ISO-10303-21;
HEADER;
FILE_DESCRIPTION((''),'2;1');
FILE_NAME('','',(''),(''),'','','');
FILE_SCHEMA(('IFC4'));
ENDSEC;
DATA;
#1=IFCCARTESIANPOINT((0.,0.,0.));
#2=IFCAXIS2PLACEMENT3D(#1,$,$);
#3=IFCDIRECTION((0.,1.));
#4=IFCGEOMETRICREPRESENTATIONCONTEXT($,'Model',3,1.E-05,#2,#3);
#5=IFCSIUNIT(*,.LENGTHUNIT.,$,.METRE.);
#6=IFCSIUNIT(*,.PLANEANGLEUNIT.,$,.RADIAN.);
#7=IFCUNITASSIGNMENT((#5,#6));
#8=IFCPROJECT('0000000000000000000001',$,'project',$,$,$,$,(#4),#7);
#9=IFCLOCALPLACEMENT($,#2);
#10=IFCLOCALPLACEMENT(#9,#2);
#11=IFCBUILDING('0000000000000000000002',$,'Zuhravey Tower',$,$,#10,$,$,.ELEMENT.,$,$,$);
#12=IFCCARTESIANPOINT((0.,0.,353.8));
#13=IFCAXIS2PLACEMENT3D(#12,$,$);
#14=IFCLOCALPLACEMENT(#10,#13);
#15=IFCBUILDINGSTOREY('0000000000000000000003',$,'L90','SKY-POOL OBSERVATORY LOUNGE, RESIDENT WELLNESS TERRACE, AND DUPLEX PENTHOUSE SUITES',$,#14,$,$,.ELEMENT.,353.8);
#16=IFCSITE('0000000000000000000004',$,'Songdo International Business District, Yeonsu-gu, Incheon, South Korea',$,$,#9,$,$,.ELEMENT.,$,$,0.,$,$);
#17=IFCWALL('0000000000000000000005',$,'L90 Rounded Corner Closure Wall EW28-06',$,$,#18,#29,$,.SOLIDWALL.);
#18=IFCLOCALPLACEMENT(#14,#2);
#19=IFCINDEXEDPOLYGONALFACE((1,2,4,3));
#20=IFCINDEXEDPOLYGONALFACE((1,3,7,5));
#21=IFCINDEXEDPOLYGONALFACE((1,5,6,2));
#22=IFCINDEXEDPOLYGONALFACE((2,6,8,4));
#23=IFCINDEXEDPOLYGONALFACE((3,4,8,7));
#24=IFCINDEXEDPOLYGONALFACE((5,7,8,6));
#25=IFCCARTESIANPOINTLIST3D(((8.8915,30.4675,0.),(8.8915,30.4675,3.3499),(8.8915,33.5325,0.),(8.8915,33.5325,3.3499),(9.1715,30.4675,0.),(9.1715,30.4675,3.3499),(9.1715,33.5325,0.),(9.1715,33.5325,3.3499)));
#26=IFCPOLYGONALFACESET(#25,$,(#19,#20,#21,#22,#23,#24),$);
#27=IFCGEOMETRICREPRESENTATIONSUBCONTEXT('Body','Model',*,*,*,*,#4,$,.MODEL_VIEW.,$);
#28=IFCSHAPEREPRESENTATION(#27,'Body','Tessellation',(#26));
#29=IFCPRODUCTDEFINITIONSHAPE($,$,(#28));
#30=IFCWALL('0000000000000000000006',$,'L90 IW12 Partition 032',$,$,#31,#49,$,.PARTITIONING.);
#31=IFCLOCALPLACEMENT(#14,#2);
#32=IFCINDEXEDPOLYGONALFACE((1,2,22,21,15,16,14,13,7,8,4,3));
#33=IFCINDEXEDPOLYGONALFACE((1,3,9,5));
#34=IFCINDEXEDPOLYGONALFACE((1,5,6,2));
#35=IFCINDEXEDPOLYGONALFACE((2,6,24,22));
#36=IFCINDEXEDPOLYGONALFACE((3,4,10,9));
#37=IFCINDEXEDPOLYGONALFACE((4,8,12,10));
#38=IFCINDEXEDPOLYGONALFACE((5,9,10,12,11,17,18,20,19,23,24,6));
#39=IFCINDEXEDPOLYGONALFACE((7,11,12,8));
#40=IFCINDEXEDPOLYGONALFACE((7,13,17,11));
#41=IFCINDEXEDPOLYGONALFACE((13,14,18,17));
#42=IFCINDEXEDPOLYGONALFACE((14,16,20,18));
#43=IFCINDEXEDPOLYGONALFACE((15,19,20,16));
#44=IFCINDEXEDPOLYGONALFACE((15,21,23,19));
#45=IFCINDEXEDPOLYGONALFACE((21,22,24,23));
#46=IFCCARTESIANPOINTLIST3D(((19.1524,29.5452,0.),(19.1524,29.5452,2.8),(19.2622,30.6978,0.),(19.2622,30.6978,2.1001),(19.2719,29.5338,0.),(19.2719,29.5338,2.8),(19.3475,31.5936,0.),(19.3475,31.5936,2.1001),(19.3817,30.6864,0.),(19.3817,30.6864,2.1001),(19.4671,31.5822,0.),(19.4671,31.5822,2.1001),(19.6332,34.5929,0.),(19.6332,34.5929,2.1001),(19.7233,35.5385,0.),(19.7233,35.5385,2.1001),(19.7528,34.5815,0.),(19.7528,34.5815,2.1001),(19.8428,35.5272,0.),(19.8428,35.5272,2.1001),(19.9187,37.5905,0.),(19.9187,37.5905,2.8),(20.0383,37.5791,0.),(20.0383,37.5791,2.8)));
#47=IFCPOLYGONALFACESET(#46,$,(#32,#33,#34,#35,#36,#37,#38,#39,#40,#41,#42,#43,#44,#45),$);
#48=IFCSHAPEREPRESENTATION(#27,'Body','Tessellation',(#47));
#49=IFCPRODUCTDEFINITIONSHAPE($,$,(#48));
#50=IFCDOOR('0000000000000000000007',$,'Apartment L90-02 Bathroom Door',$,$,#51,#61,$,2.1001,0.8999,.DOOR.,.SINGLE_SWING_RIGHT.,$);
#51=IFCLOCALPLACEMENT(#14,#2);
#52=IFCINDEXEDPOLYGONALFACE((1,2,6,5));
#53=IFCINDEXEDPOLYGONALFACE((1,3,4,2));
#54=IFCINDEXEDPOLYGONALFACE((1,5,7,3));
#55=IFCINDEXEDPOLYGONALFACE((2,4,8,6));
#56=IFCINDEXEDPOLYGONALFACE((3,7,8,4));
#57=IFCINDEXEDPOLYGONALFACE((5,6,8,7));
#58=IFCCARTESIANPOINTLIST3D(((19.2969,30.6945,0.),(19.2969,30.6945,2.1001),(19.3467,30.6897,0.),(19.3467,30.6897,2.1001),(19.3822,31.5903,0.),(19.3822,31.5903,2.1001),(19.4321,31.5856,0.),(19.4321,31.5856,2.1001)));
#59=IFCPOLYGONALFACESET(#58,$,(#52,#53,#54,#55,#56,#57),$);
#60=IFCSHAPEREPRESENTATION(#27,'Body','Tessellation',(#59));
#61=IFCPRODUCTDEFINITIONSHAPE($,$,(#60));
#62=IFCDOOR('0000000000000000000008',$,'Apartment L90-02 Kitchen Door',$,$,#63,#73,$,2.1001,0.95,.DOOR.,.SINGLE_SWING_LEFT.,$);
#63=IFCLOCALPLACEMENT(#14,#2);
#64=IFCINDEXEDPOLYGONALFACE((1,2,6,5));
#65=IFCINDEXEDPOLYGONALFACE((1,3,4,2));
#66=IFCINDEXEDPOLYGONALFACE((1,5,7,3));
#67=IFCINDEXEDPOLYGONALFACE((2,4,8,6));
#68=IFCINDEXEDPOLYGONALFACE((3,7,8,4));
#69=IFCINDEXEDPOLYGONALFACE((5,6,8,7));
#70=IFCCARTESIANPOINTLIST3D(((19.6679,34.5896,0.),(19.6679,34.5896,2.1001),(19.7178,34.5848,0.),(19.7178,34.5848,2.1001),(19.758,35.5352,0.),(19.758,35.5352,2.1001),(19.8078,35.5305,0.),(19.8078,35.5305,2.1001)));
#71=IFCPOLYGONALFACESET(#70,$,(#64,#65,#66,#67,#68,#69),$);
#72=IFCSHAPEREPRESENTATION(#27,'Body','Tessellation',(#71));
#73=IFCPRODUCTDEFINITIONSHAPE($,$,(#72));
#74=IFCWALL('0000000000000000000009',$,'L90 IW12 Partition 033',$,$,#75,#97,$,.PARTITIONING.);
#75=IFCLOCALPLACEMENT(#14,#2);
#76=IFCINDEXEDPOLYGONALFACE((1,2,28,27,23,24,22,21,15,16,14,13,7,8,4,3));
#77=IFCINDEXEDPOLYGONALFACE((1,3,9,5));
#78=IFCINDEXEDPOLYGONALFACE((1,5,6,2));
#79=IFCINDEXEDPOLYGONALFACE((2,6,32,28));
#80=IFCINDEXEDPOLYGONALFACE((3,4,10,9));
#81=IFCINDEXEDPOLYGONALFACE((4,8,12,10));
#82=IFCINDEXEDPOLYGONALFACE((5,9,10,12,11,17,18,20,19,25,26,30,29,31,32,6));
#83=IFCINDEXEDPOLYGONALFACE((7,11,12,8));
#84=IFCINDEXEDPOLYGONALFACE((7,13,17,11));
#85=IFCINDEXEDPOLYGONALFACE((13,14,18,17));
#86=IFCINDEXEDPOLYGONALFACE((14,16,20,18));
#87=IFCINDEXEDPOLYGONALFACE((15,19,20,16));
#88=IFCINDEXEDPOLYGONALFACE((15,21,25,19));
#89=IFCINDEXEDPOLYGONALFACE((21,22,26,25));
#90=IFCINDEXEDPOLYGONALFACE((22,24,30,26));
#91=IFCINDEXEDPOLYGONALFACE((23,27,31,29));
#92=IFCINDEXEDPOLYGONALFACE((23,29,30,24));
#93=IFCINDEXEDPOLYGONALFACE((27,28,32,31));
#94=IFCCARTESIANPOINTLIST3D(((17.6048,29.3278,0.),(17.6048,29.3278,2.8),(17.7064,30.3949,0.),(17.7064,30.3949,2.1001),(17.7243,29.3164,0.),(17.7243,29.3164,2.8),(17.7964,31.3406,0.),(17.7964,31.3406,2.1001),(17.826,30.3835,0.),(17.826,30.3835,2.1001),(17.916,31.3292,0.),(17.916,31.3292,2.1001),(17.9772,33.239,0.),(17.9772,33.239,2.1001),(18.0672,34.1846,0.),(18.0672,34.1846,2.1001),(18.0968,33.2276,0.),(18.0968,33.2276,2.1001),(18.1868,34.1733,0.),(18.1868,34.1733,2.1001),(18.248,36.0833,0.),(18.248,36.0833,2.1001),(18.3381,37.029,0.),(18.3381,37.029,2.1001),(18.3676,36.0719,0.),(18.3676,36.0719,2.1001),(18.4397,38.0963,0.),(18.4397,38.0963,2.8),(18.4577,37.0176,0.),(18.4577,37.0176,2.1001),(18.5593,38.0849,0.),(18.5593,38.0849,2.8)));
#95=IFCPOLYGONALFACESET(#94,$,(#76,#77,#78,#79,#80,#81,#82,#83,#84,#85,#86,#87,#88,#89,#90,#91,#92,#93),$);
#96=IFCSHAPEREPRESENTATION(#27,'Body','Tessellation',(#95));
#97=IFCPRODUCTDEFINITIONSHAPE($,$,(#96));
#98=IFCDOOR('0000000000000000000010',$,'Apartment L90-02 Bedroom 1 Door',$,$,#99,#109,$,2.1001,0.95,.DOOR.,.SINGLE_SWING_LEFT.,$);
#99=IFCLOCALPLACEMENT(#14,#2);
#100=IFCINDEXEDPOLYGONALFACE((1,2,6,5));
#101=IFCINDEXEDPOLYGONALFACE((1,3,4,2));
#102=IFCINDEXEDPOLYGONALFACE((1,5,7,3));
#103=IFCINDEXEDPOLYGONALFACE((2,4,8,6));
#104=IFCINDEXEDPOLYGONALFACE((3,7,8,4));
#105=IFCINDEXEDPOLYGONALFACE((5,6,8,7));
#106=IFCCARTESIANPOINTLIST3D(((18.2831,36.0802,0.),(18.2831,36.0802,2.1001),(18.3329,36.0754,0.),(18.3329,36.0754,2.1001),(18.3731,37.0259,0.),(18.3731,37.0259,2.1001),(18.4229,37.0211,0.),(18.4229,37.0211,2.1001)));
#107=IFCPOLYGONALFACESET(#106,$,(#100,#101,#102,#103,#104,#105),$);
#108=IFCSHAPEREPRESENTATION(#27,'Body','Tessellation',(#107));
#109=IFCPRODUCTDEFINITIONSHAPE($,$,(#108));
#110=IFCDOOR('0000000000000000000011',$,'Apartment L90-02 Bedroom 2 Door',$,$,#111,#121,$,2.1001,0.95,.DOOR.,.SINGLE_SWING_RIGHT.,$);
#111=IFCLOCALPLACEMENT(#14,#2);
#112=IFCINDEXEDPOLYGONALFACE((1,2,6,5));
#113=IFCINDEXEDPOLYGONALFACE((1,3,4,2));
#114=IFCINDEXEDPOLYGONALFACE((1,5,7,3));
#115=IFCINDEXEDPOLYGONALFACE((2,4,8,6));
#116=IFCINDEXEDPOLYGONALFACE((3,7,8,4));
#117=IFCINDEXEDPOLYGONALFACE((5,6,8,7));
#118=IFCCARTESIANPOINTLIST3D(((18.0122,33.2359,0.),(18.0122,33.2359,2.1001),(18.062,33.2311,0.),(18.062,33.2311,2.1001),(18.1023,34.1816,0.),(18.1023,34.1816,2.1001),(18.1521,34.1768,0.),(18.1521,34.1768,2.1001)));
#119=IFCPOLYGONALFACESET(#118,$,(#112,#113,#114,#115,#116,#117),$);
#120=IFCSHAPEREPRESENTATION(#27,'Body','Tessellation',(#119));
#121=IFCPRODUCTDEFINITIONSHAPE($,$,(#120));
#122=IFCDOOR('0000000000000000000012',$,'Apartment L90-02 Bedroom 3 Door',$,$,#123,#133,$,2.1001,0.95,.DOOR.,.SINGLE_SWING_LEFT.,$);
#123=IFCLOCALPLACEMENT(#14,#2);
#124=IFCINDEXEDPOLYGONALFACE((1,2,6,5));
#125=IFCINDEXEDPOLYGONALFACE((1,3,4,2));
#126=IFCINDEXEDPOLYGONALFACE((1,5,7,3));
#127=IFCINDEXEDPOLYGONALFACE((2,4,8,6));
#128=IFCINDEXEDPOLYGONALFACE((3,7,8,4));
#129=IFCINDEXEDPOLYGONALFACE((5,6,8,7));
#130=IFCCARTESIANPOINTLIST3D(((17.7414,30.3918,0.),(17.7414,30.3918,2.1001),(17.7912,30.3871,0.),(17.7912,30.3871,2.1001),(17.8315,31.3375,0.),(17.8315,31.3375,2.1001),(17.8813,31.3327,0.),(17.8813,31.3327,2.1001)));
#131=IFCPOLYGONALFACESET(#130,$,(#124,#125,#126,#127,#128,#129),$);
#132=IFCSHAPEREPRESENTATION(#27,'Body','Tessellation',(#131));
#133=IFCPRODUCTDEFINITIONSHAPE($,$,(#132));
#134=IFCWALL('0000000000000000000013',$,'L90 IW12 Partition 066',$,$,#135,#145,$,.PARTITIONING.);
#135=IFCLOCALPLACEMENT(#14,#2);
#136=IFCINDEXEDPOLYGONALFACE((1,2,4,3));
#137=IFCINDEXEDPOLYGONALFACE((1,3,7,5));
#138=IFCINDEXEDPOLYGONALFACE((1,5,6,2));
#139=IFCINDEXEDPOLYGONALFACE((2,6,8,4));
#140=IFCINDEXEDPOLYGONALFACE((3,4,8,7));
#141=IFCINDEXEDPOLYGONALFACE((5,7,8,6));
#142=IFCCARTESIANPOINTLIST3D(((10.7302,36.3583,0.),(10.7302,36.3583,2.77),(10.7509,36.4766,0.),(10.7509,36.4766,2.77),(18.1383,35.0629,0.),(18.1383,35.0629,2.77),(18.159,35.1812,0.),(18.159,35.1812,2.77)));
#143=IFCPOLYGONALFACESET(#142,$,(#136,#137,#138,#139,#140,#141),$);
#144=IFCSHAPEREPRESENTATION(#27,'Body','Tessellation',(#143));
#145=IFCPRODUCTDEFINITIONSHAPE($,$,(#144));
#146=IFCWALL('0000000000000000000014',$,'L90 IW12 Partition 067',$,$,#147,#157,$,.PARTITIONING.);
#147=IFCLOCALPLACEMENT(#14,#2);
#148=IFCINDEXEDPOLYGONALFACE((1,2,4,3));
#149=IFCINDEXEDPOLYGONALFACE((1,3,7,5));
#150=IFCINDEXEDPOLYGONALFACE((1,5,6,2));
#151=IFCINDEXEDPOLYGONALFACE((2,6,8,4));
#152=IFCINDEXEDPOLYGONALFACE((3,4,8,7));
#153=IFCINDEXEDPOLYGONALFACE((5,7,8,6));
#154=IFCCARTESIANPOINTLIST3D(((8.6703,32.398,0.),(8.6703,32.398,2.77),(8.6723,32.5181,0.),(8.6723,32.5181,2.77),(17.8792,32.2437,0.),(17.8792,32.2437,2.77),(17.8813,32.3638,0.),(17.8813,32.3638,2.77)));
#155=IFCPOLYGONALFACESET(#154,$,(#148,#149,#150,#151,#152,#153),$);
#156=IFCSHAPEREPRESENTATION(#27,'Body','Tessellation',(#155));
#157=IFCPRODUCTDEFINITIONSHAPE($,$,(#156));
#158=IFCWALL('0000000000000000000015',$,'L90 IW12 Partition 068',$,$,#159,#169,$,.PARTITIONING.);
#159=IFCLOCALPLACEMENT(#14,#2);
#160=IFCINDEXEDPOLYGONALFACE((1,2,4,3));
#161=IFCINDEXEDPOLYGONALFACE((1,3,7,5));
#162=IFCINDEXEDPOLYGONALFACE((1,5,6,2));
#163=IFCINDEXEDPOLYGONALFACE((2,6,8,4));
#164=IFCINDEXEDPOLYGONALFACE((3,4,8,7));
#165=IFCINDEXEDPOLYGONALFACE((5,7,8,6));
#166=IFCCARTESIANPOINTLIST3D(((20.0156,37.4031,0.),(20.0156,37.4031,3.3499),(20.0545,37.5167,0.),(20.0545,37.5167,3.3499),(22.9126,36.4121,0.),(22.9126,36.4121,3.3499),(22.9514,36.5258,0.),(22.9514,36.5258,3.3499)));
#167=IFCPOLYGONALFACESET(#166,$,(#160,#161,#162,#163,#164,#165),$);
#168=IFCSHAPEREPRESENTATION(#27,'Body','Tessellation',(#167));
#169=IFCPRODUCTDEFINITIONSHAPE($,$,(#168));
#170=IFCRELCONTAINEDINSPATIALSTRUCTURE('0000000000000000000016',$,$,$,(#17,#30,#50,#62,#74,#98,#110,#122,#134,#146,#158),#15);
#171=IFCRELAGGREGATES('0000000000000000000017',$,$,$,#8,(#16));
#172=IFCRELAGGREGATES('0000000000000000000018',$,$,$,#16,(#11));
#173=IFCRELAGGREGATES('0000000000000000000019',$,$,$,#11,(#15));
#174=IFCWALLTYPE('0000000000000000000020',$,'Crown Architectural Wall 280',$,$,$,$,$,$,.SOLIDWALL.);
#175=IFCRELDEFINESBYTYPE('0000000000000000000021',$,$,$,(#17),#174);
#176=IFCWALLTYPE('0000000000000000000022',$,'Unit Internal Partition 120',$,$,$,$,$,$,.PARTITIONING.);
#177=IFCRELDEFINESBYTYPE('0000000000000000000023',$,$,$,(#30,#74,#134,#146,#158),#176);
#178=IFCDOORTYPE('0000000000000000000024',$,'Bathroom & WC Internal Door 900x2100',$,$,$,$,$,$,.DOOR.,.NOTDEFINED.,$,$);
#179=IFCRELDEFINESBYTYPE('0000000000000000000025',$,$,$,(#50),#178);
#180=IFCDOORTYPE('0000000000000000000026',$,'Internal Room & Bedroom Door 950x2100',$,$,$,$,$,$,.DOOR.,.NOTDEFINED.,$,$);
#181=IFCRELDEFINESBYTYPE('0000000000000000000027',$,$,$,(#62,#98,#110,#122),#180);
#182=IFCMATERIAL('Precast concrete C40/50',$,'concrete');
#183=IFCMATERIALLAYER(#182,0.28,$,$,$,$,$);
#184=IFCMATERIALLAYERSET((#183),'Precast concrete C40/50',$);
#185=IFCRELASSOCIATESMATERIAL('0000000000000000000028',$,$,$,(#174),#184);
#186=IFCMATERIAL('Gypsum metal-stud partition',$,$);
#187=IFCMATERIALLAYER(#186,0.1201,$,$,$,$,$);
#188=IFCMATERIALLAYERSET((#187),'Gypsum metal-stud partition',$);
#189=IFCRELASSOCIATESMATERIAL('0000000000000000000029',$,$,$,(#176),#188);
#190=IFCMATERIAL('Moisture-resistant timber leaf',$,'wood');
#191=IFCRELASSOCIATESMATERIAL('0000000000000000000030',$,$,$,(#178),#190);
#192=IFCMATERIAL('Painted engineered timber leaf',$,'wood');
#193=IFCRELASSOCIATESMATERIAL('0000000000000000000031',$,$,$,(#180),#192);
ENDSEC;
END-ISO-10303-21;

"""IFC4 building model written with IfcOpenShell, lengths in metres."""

from ifc_helpers import new_model, si_unit, direction, frame, frame_2d, origin, place, context, subcontext, project, spatial, rectangle, extrude, material, layer, layer_set, type_object, element, fill, save


model = new_model("IFC4")

# Units and contexts
model_context = context("Model", 3, precision=1e-05, world=origin(), true_north=direction((0.0, 1.0)))
body_context = subcontext(model_context, "Body", "Model", "MODEL_VIEW")
ifc_project = project(units=[si_unit("LENGTHUNIT", "METRE"), si_unit("PLANEANGLEUNIT", "RADIAN")], contexts=[model_context])

# Site, building, storey
site_placement = place(None, origin())
site = spatial("IfcSite", under=ifc_project, at=site_placement, Name="Songdo International Business District, Yeonsu-gu, Incheon, South Korea", CompositionType="ELEMENT", RefElevation=0.0)
building_placement = place(site_placement, origin())
building = spatial("IfcBuilding", under=site, at=building_placement, Name="Zuhravey Tower", CompositionType="ELEMENT")
storey_placement = place(building_placement, frame((0.0, 0.0, 353.8)))
storey = spatial("IfcBuildingStorey", under=building, at=storey_placement, Name="L90", Description="SKY-POOL OBSERVATORY LOUNGE, RESIDENT WELLNESS TERRACE, AND DUPLEX PENTHOUSE SUITES", CompositionType="ELEMENT", Elevation=353.8)

# Wall
ifc_material_1 = material(Name="Precast concrete C40/50", Category="concrete")
ifc_layer_1 = layer(ifc_material_1, 0.28)
ifc_layer_set_1 = layer_set([ifc_layer_1], Name="Precast concrete C40/50")
wall_type_1 = type_object("IfcWallType", Name="Crown Architectural Wall 280", PredefinedType="SOLIDWALL", material=ifc_layer_set_1)
wall_1_placement = place(storey_placement, frame((9.0315, 30.4675, 0.0), z_axis=(0.0, 0.0, 1.0), x_axis=(0.0, 1.0, 0.0)))
element("IfcWall", 1, at=wall_1_placement, inside=storey, type_object=wall_type_1, Name="L90 Rounded Corner Closure Wall EW28-06", PredefinedType="SOLIDWALL", context=body_context, shape_type="SweptSolid", body=[
    extrude(rectangle(XDim=3.0649, YDim=0.28, at=frame_2d((1.5325, 0.0))), origin(), (0.0, 0.0, 1.0), 3.3499),
])

# Walls, openings, doors
ifc_material_2 = material(Name="Gypsum metal-stud partition")
ifc_layer_2 = layer(ifc_material_2, 0.1201)
ifc_layer_set_2 = layer_set([ifc_layer_2], Name="Gypsum metal-stud partition")
wall_type_2 = type_object("IfcWallType", Name="Unit Internal Partition 120", PredefinedType="PARTITIONING", material=ifc_layer_set_2)
wall_2_placement = place(storey_placement, frame((19.9785, 37.585, 0.0), z_axis=(0.0, 0.0, 1.0), x_axis=(-0.094825, -0.995494, 0.0)))
wall_2 = element("IfcWall", 2, at=wall_2_placement, inside=storey, type_object=wall_type_2, Name="L90 IW12 Partition 032", PredefinedType="PARTITIONING", context=body_context, shape_type="SweptSolid", body=[
    extrude(rectangle(XDim=8.0818, YDim=0.1201, at=frame_2d((4.041, 0.0))), origin(), (0.0, 0.0, 1.0), 2.8),
])
opening_1_placement = place(wall_2_placement, frame((2.0613, 0.0, 0.0)))
opening_1 = element("IfcOpeningElement", 3, at=opening_1_placement, cuts=wall_2, PredefinedType="OPENING", context=body_context, shape_type="SweptSolid", body=[
    extrude(rectangle(XDim=0.95, YDim=2.1001, at=frame_2d((0.4751, 1.05))), frame((0.0, 0.072, 0.0), z_axis=(0.0, -1.0, 0.0), x_axis=(1.0, 0.0, 0.0)), (0.0, 0.0, 1.0), 0.144),
])
opening_2_placement = place(wall_2_placement, frame((6.0242, 0.0, 0.0)))
opening_2 = element("IfcOpeningElement", 4, at=opening_2_placement, cuts=wall_2, PredefinedType="OPENING", context=body_context, shape_type="SweptSolid", body=[
    extrude(rectangle(XDim=0.8999, YDim=2.1001, at=frame_2d((0.45, 1.05))), frame((0.0, 0.072, 0.0), z_axis=(0.0, -1.0, 0.0), x_axis=(1.0, 0.0, 0.0)), (0.0, 0.0, 1.0), 0.144),
])
ifc_material_3 = material(Name="Moisture-resistant timber leaf", Category="wood")
door_type_1 = type_object("IfcDoorType", Name="Bathroom & WC Internal Door 900x2100", OperationType="NOTDEFINED", PredefinedType="DOOR", material=ifc_material_3)
door_1_placement = place(opening_2_placement, origin())
door_1 = element("IfcDoor", 5, at=door_1_placement, inside=storey, type_object=door_type_1, Name="Apartment L90-02 Bathroom Door", OperationType="SINGLE_SWING_RIGHT", OverallHeight=2.1001, OverallWidth=0.8999, PredefinedType="DOOR", context=body_context, shape_type="SweptSolid", body=[
    extrude(rectangle(XDim=0.8999, YDim=2.1001, at=frame_2d((0.45, 1.05))), frame((0.0, 0.0249, 0.0), z_axis=(0.0, -1.0, 0.0), x_axis=(1.0, 0.0, 0.0)), (0.0, 0.0, 1.0), 0.05),
])
fill(opening_2, door_1)
ifc_material_4 = material(Name="Painted engineered timber leaf", Category="wood")
door_type_2 = type_object("IfcDoorType", Name="Internal Room & Bedroom Door 950x2100", OperationType="NOTDEFINED", PredefinedType="DOOR", material=ifc_material_4)
door_2_placement = place(opening_1_placement, origin())
door_2 = element("IfcDoor", 6, at=door_2_placement, inside=storey, type_object=door_type_2, Name="Apartment L90-02 Kitchen Door", OperationType="SINGLE_SWING_LEFT", OverallHeight=2.1001, OverallWidth=0.95, PredefinedType="DOOR", context=body_context, shape_type="SweptSolid", body=[
    extrude(rectangle(XDim=0.95, YDim=2.1001, at=frame_2d((0.4751, 1.05))), frame((0.0, 0.0249, 0.0), z_axis=(0.0, -1.0, 0.0), x_axis=(1.0, 0.0, 0.0)), (0.0, 0.0, 1.0), 0.05),
])
fill(opening_1, door_2)
wall_3_placement = place(storey_placement, frame((18.4995, 38.0906, 0.0), z_axis=(0.0, 0.0, 1.0), x_axis=(-0.094793, -0.995497, 0.0)))
wall_3 = element("IfcWall", 7, at=wall_3_placement, inside=storey, type_object=wall_type_2, Name="L90 IW12 Partition 033", PredefinedType="PARTITIONING", context=body_context, shape_type="SweptSolid", body=[
    extrude(rectangle(XDim=8.8081, YDim=0.1201, at=frame_2d((4.4041, 0.0))), origin(), (0.0, 0.0, 1.0), 2.8),
])
opening_3_placement = place(wall_3_placement, frame((1.072, 0.0, 0.0)))
opening_3 = element("IfcOpeningElement", 8, at=opening_3_placement, cuts=wall_3, PredefinedType="OPENING", context=body_context, shape_type="SweptSolid", body=[
    extrude(rectangle(XDim=0.95, YDim=2.1001, at=frame_2d((0.4751, 1.05))), frame((0.0, 0.072, 0.0), z_axis=(0.0, -1.0, 0.0), x_axis=(1.0, 0.0, 0.0)), (0.0, 0.0, 1.0), 0.144),
])
opening_4_placement = place(wall_3_placement, frame((3.9292, 0.0, 0.0)))
opening_4 = element("IfcOpeningElement", 9, at=opening_4_placement, cuts=wall_3, PredefinedType="OPENING", context=body_context, shape_type="SweptSolid", body=[
    extrude(rectangle(XDim=0.95, YDim=2.1001, at=frame_2d((0.4751, 1.05))), frame((0.0, 0.072, 0.0), z_axis=(0.0, -1.0, 0.0), x_axis=(1.0, 0.0, 0.0)), (0.0, 0.0, 1.0), 0.144),
])
opening_5_placement = place(wall_3_placement, frame((6.7861, 0.0, 0.0)))
opening_5 = element("IfcOpeningElement", 10, at=opening_5_placement, cuts=wall_3, PredefinedType="OPENING", context=body_context, shape_type="SweptSolid", body=[
    extrude(rectangle(XDim=0.95, YDim=2.1001, at=frame_2d((0.4751, 1.05))), frame((0.0, 0.072, 0.0), z_axis=(0.0, -1.0, 0.0), x_axis=(1.0, 0.0, 0.0)), (0.0, 0.0, 1.0), 0.144),
])
door_3_placement = place(opening_3_placement, frame((0.95, 0.0, 0.0), z_axis=(0.0, 0.0, 1.0), x_axis=(-1.0, 0.0, 0.0)))
door_3 = element("IfcDoor", 11, at=door_3_placement, inside=storey, type_object=door_type_2, Name="Apartment L90-02 Bedroom 1 Door", OperationType="SINGLE_SWING_LEFT", OverallHeight=2.1001, OverallWidth=0.95, PredefinedType="DOOR", context=body_context, shape_type="SweptSolid", body=[
    extrude(rectangle(XDim=0.95, YDim=2.1001, at=frame_2d((0.4751, 1.05))), frame((0.0, 0.0249, 0.0), z_axis=(0.0, -1.0, 0.0), x_axis=(1.0, 0.0, 0.0)), (0.0, 0.0, 1.0), 0.05),
])
fill(opening_3, door_3)
door_4_placement = place(opening_4_placement, frame((0.95, 0.0, 0.0), z_axis=(0.0, 0.0, 1.0), x_axis=(-1.0, 0.0, 0.0)))
door_4 = element("IfcDoor", 12, at=door_4_placement, inside=storey, type_object=door_type_2, Name="Apartment L90-02 Bedroom 2 Door", OperationType="SINGLE_SWING_RIGHT", OverallHeight=2.1001, OverallWidth=0.95, PredefinedType="DOOR", context=body_context, shape_type="SweptSolid", body=[
    extrude(rectangle(XDim=0.95, YDim=2.1001, at=frame_2d((0.4751, 1.05))), frame((0.0, 0.0249, 0.0), z_axis=(0.0, -1.0, 0.0), x_axis=(1.0, 0.0, 0.0)), (0.0, 0.0, 1.0), 0.05),
])
fill(opening_4, door_4)
door_5_placement = place(opening_5_placement, frame((0.95, 0.0, 0.0), z_axis=(0.0, 0.0, 1.0), x_axis=(-1.0, 0.0, 0.0)))
door_5 = element("IfcDoor", 13, at=door_5_placement, inside=storey, type_object=door_type_2, Name="Apartment L90-02 Bedroom 3 Door", OperationType="SINGLE_SWING_LEFT", OverallHeight=2.1001, OverallWidth=0.95, PredefinedType="DOOR", context=body_context, shape_type="SweptSolid", body=[
    extrude(rectangle(XDim=0.95, YDim=2.1001, at=frame_2d((0.4751, 1.05))), frame((0.0, 0.0249, 0.0), z_axis=(0.0, -1.0, 0.0), x_axis=(1.0, 0.0, 0.0)), (0.0, 0.0, 1.0), 0.05),
])
fill(opening_5, door_5)

# Walls
wall_4_placement = place(storey_placement, frame((18.1487, 35.1221, 0.0), z_axis=(0.0, 0.0, 1.0), x_axis=(-0.985054, 0.172248, 0.0)))
element("IfcWall", 14, at=wall_4_placement, inside=storey, type_object=wall_type_2, Name="L90 IW12 Partition 066", PredefinedType="PARTITIONING", context=body_context, shape_type="SweptSolid", body=[
    extrude(rectangle(XDim=7.5205, YDim=0.1201, at=frame_2d((3.7603, 0.0))), origin(), (0.0, 0.0, 1.0), 2.77),
])
wall_5_placement = place(storey_placement, frame((17.8801, 32.3037, 0.0), z_axis=(0.0, 0.0, 1.0), x_axis=(-0.99986, 0.016753, 0.0)))
element("IfcWall", 15, at=wall_5_placement, inside=storey, type_object=wall_type_2, Name="L90 IW12 Partition 067", PredefinedType="PARTITIONING", context=body_context, shape_type="SweptSolid", body=[
    extrude(rectangle(XDim=9.2102, YDim=0.1201, at=frame_2d((4.605, 0.0))), origin(), (0.0, 0.0, 1.0), 2.77),
])
wall_6_placement = place(storey_placement, frame((22.9319, 36.469, 0.0), z_axis=(0.0, 0.0, 1.0), x_axis=(-0.946174, 0.323658, 0.0)))
element("IfcWall", 16, at=wall_6_placement, inside=storey, type_object=wall_type_2, Name="L90 IW12 Partition 068", PredefinedType="PARTITIONING", context=body_context, shape_type="SweptSolid", body=[
    extrude(rectangle(XDim=3.0618, YDim=0.1201, at=frame_2d((1.5308, 0.0))), origin(), (0.0, 0.0, 1.0), 3.3499),
])

save(model, "model.ifc")
